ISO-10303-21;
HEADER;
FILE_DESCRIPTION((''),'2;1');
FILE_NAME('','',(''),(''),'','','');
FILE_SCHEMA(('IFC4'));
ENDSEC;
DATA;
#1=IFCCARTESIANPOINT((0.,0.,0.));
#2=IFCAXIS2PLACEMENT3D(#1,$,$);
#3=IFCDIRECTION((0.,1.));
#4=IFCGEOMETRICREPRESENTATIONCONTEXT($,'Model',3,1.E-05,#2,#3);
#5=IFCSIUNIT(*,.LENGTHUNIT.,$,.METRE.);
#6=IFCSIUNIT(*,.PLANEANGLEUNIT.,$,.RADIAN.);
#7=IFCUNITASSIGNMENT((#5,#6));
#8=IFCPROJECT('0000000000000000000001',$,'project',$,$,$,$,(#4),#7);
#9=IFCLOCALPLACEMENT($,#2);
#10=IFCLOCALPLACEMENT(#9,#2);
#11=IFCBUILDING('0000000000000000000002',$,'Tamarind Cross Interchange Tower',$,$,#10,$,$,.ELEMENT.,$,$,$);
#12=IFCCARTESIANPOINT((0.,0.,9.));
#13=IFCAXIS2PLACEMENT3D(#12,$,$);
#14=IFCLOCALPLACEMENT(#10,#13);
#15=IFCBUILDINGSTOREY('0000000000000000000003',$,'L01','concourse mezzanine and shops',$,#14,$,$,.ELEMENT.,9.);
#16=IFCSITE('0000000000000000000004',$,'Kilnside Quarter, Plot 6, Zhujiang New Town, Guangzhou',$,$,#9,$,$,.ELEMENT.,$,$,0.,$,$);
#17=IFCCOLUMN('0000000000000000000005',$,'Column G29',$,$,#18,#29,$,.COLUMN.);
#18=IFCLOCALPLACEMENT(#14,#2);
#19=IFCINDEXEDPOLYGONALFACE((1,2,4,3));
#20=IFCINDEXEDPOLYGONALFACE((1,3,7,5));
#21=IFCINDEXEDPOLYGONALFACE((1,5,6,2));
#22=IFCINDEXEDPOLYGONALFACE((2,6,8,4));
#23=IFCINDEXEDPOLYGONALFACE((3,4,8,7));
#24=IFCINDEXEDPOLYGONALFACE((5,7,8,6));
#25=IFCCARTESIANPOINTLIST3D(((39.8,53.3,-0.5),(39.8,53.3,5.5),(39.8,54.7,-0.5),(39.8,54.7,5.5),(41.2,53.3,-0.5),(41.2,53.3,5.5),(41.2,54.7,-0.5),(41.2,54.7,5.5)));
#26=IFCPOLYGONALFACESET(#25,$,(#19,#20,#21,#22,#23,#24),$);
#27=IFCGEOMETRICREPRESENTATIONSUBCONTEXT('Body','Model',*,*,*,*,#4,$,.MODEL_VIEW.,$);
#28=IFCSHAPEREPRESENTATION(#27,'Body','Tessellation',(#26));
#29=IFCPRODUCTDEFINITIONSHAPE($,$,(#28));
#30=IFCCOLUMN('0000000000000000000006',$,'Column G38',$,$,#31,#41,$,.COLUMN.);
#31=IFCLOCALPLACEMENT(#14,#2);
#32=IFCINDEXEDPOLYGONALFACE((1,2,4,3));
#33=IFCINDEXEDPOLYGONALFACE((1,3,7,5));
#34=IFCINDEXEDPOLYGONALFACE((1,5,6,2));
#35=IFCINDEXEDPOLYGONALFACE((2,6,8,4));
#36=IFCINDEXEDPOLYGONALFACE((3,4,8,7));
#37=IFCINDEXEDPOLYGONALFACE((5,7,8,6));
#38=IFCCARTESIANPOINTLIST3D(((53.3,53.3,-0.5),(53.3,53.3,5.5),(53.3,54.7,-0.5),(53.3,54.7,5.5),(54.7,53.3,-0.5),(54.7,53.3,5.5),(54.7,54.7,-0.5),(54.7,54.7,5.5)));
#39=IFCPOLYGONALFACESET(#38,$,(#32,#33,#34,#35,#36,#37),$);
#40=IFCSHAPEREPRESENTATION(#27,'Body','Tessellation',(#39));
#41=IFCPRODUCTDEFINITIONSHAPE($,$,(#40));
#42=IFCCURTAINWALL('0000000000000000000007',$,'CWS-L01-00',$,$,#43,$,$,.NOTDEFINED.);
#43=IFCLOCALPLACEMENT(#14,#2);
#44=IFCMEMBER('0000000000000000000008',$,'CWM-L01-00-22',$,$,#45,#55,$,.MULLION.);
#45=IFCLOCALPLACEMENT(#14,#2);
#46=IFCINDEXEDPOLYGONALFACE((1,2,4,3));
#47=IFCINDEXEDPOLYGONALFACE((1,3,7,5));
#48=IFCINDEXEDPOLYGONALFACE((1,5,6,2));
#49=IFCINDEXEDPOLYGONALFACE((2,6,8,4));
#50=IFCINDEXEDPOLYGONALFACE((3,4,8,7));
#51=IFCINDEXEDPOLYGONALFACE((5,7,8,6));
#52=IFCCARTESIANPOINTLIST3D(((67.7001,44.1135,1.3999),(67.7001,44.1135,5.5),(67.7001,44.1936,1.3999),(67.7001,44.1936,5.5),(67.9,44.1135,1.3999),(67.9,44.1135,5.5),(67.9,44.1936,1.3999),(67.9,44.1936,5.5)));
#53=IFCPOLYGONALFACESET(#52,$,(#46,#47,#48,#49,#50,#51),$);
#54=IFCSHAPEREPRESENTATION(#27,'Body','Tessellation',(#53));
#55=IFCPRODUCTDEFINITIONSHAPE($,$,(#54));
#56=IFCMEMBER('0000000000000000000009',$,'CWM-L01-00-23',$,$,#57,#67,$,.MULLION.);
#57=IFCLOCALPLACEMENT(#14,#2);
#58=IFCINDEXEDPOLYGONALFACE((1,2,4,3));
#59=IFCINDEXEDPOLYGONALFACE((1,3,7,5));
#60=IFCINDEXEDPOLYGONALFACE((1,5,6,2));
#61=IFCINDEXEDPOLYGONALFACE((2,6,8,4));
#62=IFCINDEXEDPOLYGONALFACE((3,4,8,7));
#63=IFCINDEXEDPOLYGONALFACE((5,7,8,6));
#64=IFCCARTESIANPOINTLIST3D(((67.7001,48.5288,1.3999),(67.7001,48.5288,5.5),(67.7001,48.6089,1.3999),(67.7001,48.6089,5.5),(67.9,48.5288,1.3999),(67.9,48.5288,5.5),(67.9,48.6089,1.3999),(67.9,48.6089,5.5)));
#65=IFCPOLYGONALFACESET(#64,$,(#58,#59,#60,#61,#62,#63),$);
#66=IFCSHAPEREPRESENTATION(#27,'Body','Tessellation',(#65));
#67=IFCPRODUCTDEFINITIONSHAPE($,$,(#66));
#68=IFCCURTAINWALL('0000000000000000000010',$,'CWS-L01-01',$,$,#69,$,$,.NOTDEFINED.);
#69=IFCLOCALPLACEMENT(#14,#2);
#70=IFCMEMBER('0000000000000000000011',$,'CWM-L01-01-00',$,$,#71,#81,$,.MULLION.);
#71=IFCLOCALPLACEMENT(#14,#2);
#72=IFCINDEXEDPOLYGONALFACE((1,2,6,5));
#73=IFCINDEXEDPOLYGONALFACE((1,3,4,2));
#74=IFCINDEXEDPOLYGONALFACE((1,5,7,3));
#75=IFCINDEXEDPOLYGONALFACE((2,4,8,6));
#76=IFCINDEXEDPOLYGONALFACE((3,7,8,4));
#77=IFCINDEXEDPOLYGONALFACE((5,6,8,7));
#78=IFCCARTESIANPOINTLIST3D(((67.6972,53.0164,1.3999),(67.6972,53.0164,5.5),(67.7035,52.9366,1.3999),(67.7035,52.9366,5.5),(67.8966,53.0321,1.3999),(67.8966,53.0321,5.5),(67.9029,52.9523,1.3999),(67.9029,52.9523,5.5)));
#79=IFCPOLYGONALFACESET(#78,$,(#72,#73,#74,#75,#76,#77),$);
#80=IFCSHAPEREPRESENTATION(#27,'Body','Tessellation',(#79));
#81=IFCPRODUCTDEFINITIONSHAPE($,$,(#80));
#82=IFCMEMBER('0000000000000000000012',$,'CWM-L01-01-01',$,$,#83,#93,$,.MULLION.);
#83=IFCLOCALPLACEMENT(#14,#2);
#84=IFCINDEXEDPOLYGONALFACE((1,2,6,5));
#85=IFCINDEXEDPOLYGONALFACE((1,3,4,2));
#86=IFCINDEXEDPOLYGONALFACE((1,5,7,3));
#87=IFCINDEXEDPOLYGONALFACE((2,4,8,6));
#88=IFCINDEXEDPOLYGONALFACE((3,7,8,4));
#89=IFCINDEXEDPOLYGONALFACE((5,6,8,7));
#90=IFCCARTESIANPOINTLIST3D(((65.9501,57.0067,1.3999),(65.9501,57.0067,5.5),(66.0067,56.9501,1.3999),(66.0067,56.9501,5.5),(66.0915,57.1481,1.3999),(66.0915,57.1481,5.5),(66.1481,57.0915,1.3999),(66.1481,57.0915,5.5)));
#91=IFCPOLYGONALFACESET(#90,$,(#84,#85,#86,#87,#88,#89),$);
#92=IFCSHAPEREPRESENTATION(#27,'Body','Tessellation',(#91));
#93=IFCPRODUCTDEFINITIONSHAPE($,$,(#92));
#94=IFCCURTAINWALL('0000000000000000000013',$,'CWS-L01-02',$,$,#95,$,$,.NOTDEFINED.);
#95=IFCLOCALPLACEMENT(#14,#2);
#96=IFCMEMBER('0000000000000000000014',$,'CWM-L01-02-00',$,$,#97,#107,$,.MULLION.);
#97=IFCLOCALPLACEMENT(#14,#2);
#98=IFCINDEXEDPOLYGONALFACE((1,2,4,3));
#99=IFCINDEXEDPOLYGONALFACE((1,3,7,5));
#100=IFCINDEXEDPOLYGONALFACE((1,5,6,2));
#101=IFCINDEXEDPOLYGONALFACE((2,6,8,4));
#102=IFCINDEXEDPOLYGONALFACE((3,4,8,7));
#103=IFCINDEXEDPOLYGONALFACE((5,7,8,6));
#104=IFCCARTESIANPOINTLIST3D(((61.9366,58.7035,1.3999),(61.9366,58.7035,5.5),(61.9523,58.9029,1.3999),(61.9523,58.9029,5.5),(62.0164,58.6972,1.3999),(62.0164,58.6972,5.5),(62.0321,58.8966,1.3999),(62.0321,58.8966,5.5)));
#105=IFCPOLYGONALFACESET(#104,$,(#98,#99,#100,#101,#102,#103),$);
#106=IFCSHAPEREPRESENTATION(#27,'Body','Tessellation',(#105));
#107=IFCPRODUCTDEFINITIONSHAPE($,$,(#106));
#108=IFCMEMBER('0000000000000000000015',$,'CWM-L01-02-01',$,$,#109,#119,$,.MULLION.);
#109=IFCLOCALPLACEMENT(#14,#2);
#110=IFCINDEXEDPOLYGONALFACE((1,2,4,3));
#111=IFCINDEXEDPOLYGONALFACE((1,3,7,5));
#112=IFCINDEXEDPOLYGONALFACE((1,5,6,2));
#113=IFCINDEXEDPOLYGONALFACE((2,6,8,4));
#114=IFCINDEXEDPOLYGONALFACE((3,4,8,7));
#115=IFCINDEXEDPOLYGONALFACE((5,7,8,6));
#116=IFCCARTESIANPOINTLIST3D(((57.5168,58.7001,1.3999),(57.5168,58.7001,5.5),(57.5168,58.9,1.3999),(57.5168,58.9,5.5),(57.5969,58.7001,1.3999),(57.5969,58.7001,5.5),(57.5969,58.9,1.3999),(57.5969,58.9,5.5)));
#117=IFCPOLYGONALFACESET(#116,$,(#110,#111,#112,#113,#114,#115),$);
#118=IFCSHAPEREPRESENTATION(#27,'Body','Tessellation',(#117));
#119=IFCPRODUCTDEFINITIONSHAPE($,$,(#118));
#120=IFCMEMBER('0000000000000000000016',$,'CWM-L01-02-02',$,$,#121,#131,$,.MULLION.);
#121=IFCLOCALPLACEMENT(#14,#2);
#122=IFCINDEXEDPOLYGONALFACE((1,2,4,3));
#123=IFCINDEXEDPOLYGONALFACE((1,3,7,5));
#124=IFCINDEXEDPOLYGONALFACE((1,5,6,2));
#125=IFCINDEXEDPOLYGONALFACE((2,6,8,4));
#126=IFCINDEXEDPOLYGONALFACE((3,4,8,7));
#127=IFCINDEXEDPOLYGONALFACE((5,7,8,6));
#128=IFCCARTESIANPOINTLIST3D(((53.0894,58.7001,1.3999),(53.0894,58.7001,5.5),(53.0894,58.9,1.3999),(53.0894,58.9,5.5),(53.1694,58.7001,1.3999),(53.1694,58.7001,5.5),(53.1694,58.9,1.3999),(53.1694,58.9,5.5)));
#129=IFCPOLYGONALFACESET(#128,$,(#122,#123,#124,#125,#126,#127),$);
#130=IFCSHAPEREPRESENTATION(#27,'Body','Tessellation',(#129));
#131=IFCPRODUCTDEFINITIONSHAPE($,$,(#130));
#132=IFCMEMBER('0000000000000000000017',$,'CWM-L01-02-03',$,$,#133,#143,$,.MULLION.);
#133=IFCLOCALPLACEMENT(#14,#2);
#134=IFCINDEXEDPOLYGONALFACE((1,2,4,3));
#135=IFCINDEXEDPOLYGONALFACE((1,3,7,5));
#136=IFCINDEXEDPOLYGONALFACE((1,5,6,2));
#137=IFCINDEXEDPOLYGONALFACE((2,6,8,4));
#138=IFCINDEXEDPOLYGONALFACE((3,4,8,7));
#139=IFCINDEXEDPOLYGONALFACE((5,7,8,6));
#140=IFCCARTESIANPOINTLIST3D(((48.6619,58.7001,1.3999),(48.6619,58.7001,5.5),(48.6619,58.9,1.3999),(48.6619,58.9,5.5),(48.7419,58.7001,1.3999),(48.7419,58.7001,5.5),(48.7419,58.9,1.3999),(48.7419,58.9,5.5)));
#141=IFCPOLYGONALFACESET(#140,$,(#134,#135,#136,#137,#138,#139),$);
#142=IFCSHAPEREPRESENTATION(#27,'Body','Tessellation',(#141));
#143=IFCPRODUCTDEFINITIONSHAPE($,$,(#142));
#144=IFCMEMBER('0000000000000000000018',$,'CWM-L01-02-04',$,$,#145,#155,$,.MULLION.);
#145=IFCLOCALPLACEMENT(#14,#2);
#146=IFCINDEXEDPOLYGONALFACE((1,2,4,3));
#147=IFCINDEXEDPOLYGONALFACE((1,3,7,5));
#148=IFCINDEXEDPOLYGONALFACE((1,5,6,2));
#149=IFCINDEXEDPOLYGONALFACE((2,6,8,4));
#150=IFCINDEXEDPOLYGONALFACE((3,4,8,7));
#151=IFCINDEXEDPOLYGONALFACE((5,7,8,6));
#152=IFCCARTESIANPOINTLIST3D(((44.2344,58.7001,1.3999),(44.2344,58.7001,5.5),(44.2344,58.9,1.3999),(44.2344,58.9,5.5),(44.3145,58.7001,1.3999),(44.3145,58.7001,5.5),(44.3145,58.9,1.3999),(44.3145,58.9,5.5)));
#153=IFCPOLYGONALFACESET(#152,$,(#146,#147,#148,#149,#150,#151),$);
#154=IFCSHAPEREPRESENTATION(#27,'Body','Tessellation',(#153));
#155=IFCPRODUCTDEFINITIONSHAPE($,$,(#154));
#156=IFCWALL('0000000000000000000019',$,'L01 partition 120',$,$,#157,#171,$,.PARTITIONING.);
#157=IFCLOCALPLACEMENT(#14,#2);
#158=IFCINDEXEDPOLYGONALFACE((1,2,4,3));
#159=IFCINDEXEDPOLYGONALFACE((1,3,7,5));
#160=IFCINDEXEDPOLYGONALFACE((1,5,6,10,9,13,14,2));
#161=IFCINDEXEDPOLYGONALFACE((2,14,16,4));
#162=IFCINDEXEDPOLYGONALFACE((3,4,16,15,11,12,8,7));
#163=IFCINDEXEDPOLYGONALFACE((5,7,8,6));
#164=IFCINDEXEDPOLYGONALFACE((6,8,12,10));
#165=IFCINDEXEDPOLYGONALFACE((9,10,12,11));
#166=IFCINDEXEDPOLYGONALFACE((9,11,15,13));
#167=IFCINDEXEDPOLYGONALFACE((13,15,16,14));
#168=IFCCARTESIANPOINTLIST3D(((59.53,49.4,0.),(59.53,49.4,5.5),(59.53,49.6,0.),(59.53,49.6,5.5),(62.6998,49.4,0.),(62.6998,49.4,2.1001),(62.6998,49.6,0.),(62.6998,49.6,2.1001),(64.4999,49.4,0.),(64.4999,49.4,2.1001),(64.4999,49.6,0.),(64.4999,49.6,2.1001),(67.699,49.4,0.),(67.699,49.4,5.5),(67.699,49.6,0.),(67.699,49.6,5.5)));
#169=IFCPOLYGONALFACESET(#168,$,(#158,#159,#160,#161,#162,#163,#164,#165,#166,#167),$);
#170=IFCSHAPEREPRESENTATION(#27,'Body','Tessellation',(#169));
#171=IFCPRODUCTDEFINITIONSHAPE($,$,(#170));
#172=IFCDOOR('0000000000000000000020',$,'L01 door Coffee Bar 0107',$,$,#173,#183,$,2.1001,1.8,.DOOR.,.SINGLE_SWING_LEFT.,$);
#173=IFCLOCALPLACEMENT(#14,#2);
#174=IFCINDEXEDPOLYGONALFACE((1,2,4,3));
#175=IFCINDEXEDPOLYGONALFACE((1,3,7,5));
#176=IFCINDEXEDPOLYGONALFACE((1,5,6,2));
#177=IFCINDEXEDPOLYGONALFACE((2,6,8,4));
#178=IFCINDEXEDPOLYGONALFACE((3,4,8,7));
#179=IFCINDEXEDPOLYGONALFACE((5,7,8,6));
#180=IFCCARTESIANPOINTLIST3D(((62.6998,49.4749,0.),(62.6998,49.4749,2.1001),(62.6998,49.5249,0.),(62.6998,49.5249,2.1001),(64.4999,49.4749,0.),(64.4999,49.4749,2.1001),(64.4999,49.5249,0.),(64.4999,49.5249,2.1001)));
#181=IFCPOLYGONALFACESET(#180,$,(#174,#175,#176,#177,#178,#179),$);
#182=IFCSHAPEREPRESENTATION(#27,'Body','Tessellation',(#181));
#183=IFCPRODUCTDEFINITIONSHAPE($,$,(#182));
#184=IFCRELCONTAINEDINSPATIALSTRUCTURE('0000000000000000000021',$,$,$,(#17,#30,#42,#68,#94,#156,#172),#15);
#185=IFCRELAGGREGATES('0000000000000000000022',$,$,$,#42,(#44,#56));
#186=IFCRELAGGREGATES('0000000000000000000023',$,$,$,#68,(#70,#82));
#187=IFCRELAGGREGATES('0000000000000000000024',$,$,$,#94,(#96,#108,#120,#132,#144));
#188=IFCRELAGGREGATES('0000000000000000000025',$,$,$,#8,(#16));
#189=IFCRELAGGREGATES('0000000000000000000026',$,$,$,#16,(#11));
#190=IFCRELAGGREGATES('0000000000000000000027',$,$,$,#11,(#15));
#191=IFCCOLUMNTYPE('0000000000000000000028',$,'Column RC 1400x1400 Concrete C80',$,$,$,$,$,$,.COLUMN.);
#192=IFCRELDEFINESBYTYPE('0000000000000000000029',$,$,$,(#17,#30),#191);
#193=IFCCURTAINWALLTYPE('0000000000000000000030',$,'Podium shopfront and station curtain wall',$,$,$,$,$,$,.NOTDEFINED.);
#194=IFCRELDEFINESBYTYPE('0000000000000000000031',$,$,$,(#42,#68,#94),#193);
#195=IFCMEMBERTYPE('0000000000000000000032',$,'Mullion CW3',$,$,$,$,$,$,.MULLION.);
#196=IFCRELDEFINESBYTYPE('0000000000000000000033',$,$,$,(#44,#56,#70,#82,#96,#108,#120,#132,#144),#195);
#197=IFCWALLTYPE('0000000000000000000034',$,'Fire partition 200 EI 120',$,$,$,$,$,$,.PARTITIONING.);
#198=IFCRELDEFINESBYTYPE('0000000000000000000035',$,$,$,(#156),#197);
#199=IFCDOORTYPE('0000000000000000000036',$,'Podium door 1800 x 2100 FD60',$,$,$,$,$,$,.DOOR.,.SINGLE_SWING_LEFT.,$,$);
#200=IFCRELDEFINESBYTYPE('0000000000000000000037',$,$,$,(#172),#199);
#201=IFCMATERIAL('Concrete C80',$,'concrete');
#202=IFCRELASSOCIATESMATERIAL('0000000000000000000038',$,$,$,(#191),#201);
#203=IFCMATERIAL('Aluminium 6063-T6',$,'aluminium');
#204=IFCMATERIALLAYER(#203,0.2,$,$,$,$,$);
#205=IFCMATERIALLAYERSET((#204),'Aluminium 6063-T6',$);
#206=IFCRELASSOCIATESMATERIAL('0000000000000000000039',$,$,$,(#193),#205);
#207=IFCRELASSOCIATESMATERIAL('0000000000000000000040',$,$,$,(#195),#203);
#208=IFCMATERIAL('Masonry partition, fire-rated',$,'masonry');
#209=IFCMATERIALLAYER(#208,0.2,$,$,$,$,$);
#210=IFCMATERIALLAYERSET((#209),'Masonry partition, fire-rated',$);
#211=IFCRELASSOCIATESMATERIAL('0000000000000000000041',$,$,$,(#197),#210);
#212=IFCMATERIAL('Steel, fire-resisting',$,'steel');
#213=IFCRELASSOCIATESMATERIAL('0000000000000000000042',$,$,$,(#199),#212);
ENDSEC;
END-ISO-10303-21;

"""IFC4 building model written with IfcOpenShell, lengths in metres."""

from ifc_helpers import new_model, si_unit, direction, frame, frame_2d, origin, origin_2d, place, context, subcontext, project, spatial, rectangle, extrude, material, layer, layer_set, material_profile, profile_set, type_object, element, fill, aggregate, save


model = new_model("IFC4")

# Units and contexts
model_context = context("Model", 3, precision=1e-05, world=origin(), true_north=direction((0.0, 1.0)))
body_context = subcontext(model_context, "Body", "Model", "MODEL_VIEW")
ifc_project = project(units=[si_unit("LENGTHUNIT", "METRE"), si_unit("PLANEANGLEUNIT", "RADIAN")], contexts=[model_context])

# Site, building, storey
site_placement = place(None, origin())
site = spatial("IfcSite", under=ifc_project, at=site_placement, Name="Kilnside Quarter, Plot 6, Zhujiang New Town, Guangzhou", CompositionType="ELEMENT", RefElevation=0.0)
building_placement = place(site_placement, origin())
building = spatial("IfcBuilding", under=site, at=building_placement, Name="Tamarind Cross Interchange Tower", CompositionType="ELEMENT")
storey_placement = place(building_placement, frame((0.0, 0.0, 9.0)))
storey = spatial("IfcBuildingStorey", under=building, at=storey_placement, Name="L01", Description="concourse mezzanine and shops", CompositionType="ELEMENT", Elevation=9.0)

# Columns
ifc_material_1 = material(Name="Concrete C80", Category="concrete")
ifc_material_profile_1 = material_profile(ifc_material_1, rectangle(XDim=1.3999, YDim=1.3999, at=origin_2d()), Name="RC 1400x1400")
ifc_profile_set_1 = profile_set([ifc_material_profile_1], Name="Concrete C80")
column_type = type_object("IfcColumnType", Name="Column RC 1400x1400 Concrete C80", PredefinedType="COLUMN", material=ifc_profile_set_1)
for number, where, z_axis, x_axis, name in (
    (1, (40.5, 54.0, -0.5), (0.0, 0.0, 1.0), (1.0, 0.0, 0.0), "Column G29"),
    (2, (54.0, 54.0, -0.5), (0.0, 0.0, 1.0), (1.0, 0.0, 0.0), "Column G38"),
):
    element("IfcColumn", number, at=place(storey_placement, frame(where, z_axis=z_axis, x_axis=x_axis)), inside=storey, type_object=column_type, Name=name, PredefinedType="COLUMN", context=body_context, shape_type="SweptSolid", body=[
        extrude(rectangle(XDim=1.3999, YDim=1.3999, at=origin_2d()), origin(), (0.0, 0.0, 1.0), 6.0),
    ])

# Curtain walls, members
ifc_material_2 = material(Name="Aluminium 6063-T6", Category="aluminium")
ifc_layer_1 = layer(ifc_material_2, 0.2)
ifc_layer_set_1 = layer_set([ifc_layer_1], Name="Aluminium 6063-T6")
curtain_wall_type = type_object("IfcCurtainWallType", Name="Podium shopfront and station curtain wall", PredefinedType="NOTDEFINED", material=ifc_layer_set_1)
curtain_wall_1_placement = place(storey_placement, origin())
curtain_wall_1 = element("IfcCurtainWall", 3, at=curtain_wall_1_placement, inside=storey, type_object=curtain_wall_type, Name="CWS-L01-00", PredefinedType="NOTDEFINED")
ifc_material_profile_2 = material_profile(ifc_material_2, rectangle(XDim=0.0801, YDim=0.2, at=origin_2d()), Name="Mullion CW3")
ifc_profile_set_2 = profile_set([ifc_material_profile_2], Name="Aluminium 6063-T6")
member_type = type_object("IfcMemberType", Name="Mullion CW3", PredefinedType="MULLION", material=ifc_profile_set_2)
member_1_placement = place(storey_placement, frame((67.8, 44.1536, 1.3999), z_axis=(0.0, 0.0, 1.0), x_axis=(0.0, 1.0, 0.0)))
member_1 = element("IfcMember", 4, at=member_1_placement, type_object=member_type, Name="CWM-L01-00-22", PredefinedType="MULLION", context=body_context, shape_type="SweptSolid", body=[
    extrude(rectangle(XDim=0.0801, YDim=0.2, at=origin_2d()), origin(), (0.0, 0.0, 1.0), 4.1001),
])
member_2_placement = place(storey_placement, frame((67.8, 48.5688, 1.3999), z_axis=(0.0, 0.0, 1.0), x_axis=(0.0, 1.0, 0.0)))
member_2 = element("IfcMember", 5, at=member_2_placement, type_object=member_type, Name="CWM-L01-00-23", PredefinedType="MULLION", context=body_context, shape_type="SweptSolid", body=[
    extrude(rectangle(XDim=0.0801, YDim=0.2, at=origin_2d()), origin(), (0.0, 0.0, 1.0), 4.1001),
])
aggregate(curtain_wall_1, [member_1, member_2])
curtain_wall_2_placement = place(storey_placement, origin())
curtain_wall_2 = element("IfcCurtainWall", 6, at=curtain_wall_2_placement, inside=storey, type_object=curtain_wall_type, Name="CWS-L01-01", PredefinedType="NOTDEFINED")
member_3_placement = place(storey_placement, frame((67.8, 52.9844, 1.3999), z_axis=(0.0, 0.0, 1.0), x_axis=(-0.078459, 0.996917, 0.0)))
member_3 = element("IfcMember", 7, at=member_3_placement, type_object=member_type, Name="CWM-L01-01-00", PredefinedType="MULLION", context=body_context, shape_type="SweptSolid", body=[
    extrude(rectangle(XDim=0.0801, YDim=0.2, at=origin_2d()), origin(), (0.0, 0.0, 1.0), 4.1001),
])
member_4_placement = place(storey_placement, frame((66.0491, 57.0491, 1.3999), z_axis=(0.0, 0.0, 1.0), x_axis=(-0.707107, 0.707107, 0.0)))
member_4 = element("IfcMember", 8, at=member_4_placement, type_object=member_type, Name="CWM-L01-01-01", PredefinedType="MULLION", context=body_context, shape_type="SweptSolid", body=[
    extrude(rectangle(XDim=0.0801, YDim=0.2, at=origin_2d()), origin(), (0.0, 0.0, 1.0), 4.1001),
])
aggregate(curtain_wall_2, [member_3, member_4])
curtain_wall_3_placement = place(storey_placement, origin())
curtain_wall_3 = element("IfcCurtainWall", 9, at=curtain_wall_3_placement, inside=storey, type_object=curtain_wall_type, Name="CWS-L01-02", PredefinedType="NOTDEFINED")
member_5_placement = place(storey_placement, frame((61.9844, 58.8, 1.3999), z_axis=(0.0, 0.0, 1.0), x_axis=(-0.996917, 0.078459, 0.0)))
member_5 = element("IfcMember", 10, at=member_5_placement, type_object=member_type, Name="CWM-L01-02-00", PredefinedType="MULLION", context=body_context, shape_type="SweptSolid", body=[
    extrude(rectangle(XDim=0.0801, YDim=0.2, at=origin_2d()), origin(), (0.0, 0.0, 1.0), 4.1001),
])
member_6_placement = place(storey_placement, frame((57.5569, 58.8, 1.3999), z_axis=(0.0, 0.0, 1.0), x_axis=(-1.0, 0.0, 0.0)))
member_6 = element("IfcMember", 11, at=member_6_placement, type_object=member_type, Name="CWM-L01-02-01", PredefinedType="MULLION", context=body_context, shape_type="SweptSolid", body=[
    extrude(rectangle(XDim=0.0801, YDim=0.2, at=origin_2d()), origin(), (0.0, 0.0, 1.0), 4.1001),
])
member_7_placement = place(storey_placement, frame((53.1294, 58.8, 1.3999), z_axis=(0.0, 0.0, 1.0), x_axis=(-1.0, 0.0, 0.0)))
member_7 = element("IfcMember", 12, at=member_7_placement, type_object=member_type, Name="CWM-L01-02-02", PredefinedType="MULLION", context=body_context, shape_type="SweptSolid", body=[
    extrude(rectangle(XDim=0.0801, YDim=0.2, at=origin_2d()), origin(), (0.0, 0.0, 1.0), 4.1001),
])
member_8_placement = place(storey_placement, frame((48.7019, 58.8, 1.3999), z_axis=(0.0, 0.0, 1.0), x_axis=(-1.0, 0.0, 0.0)))
member_8 = element("IfcMember", 13, at=member_8_placement, type_object=member_type, Name="CWM-L01-02-03", PredefinedType="MULLION", context=body_context, shape_type="SweptSolid", body=[
    extrude(rectangle(XDim=0.0801, YDim=0.2, at=origin_2d()), origin(), (0.0, 0.0, 1.0), 4.1001),
])
member_9_placement = place(storey_placement, frame((44.2744, 58.8, 1.3999), z_axis=(0.0, 0.0, 1.0), x_axis=(-1.0, 0.0, 0.0)))
member_9 = element("IfcMember", 14, at=member_9_placement, type_object=member_type, Name="CWM-L01-02-04", PredefinedType="MULLION", context=body_context, shape_type="SweptSolid", body=[
    extrude(rectangle(XDim=0.0801, YDim=0.2, at=origin_2d()), origin(), (0.0, 0.0, 1.0), 4.1001),
])
aggregate(curtain_wall_3, [member_5, member_6, member_7, member_8, member_9])

# Wall, opening, door
ifc_material_3 = material(Name="Masonry partition, fire-rated", Category="masonry")
ifc_layer_2 = layer(ifc_material_3, 0.2)
ifc_layer_set_2 = layer_set([ifc_layer_2], Name="Masonry partition, fire-rated")
wall_type_1 = type_object("IfcWallType", Name="Fire partition 200 EI 120", PredefinedType="PARTITIONING", material=ifc_layer_set_2)
wall_1_placement = place(storey_placement, frame((59.53, 49.5, 0.0), z_axis=(0.0, 0.0, 1.0), x_axis=(1.0, 0.0, 0.0)))
wall_1 = element("IfcWall", 15, at=wall_1_placement, inside=storey, type_object=wall_type_1, Name="L01 partition 120", PredefinedType="PARTITIONING", context=body_context, shape_type="SweptSolid", body=[
    extrude(rectangle(XDim=8.1689, YDim=0.2, at=frame_2d((4.0845, 0.0))), origin(), (0.0, 0.0, 1.0), 5.5),
])
opening_1_placement = place(wall_1_placement, frame((3.1699, 0.0, 0.0)))
opening_1 = element("IfcOpeningElement", 16, at=opening_1_placement, cuts=wall_1, PredefinedType="OPENING", context=body_context, shape_type="SweptSolid", body=[
    extrude(rectangle(XDim=1.8, YDim=2.1001, at=frame_2d((0.8999, 1.05))), frame((0.0, 0.1099, 0.0), z_axis=(0.0, -1.0, 0.0), x_axis=(1.0, 0.0, 0.0)), (0.0, 0.0, 1.0), 0.22),
])
ifc_material_4 = material(Name="Steel, fire-resisting", Category="steel")
door_type_1 = type_object("IfcDoorType", Name="Podium door 1800 x 2100 FD60", OperationType="SINGLE_SWING_LEFT", PredefinedType="DOOR", material=ifc_material_4)
door_1_placement = place(opening_1_placement, origin())
door_1 = element("IfcDoor", 17, at=door_1_placement, inside=storey, type_object=door_type_1, Name="L01 door Coffee Bar 0107", OperationType="SINGLE_SWING_LEFT", OverallHeight=2.1001, OverallWidth=1.8, PredefinedType="DOOR", context=body_context, shape_type="SweptSolid", body=[
    extrude(rectangle(XDim=1.8, YDim=2.1001, at=frame_2d((0.8999, 1.05))), frame((0.0, 0.0249, 0.0), z_axis=(0.0, -1.0, 0.0), x_axis=(1.0, 0.0, 0.0)), (0.0, 0.0, 1.0), 0.05),
])
fill(opening_1, door_1)

save(model, "model.ifc")
